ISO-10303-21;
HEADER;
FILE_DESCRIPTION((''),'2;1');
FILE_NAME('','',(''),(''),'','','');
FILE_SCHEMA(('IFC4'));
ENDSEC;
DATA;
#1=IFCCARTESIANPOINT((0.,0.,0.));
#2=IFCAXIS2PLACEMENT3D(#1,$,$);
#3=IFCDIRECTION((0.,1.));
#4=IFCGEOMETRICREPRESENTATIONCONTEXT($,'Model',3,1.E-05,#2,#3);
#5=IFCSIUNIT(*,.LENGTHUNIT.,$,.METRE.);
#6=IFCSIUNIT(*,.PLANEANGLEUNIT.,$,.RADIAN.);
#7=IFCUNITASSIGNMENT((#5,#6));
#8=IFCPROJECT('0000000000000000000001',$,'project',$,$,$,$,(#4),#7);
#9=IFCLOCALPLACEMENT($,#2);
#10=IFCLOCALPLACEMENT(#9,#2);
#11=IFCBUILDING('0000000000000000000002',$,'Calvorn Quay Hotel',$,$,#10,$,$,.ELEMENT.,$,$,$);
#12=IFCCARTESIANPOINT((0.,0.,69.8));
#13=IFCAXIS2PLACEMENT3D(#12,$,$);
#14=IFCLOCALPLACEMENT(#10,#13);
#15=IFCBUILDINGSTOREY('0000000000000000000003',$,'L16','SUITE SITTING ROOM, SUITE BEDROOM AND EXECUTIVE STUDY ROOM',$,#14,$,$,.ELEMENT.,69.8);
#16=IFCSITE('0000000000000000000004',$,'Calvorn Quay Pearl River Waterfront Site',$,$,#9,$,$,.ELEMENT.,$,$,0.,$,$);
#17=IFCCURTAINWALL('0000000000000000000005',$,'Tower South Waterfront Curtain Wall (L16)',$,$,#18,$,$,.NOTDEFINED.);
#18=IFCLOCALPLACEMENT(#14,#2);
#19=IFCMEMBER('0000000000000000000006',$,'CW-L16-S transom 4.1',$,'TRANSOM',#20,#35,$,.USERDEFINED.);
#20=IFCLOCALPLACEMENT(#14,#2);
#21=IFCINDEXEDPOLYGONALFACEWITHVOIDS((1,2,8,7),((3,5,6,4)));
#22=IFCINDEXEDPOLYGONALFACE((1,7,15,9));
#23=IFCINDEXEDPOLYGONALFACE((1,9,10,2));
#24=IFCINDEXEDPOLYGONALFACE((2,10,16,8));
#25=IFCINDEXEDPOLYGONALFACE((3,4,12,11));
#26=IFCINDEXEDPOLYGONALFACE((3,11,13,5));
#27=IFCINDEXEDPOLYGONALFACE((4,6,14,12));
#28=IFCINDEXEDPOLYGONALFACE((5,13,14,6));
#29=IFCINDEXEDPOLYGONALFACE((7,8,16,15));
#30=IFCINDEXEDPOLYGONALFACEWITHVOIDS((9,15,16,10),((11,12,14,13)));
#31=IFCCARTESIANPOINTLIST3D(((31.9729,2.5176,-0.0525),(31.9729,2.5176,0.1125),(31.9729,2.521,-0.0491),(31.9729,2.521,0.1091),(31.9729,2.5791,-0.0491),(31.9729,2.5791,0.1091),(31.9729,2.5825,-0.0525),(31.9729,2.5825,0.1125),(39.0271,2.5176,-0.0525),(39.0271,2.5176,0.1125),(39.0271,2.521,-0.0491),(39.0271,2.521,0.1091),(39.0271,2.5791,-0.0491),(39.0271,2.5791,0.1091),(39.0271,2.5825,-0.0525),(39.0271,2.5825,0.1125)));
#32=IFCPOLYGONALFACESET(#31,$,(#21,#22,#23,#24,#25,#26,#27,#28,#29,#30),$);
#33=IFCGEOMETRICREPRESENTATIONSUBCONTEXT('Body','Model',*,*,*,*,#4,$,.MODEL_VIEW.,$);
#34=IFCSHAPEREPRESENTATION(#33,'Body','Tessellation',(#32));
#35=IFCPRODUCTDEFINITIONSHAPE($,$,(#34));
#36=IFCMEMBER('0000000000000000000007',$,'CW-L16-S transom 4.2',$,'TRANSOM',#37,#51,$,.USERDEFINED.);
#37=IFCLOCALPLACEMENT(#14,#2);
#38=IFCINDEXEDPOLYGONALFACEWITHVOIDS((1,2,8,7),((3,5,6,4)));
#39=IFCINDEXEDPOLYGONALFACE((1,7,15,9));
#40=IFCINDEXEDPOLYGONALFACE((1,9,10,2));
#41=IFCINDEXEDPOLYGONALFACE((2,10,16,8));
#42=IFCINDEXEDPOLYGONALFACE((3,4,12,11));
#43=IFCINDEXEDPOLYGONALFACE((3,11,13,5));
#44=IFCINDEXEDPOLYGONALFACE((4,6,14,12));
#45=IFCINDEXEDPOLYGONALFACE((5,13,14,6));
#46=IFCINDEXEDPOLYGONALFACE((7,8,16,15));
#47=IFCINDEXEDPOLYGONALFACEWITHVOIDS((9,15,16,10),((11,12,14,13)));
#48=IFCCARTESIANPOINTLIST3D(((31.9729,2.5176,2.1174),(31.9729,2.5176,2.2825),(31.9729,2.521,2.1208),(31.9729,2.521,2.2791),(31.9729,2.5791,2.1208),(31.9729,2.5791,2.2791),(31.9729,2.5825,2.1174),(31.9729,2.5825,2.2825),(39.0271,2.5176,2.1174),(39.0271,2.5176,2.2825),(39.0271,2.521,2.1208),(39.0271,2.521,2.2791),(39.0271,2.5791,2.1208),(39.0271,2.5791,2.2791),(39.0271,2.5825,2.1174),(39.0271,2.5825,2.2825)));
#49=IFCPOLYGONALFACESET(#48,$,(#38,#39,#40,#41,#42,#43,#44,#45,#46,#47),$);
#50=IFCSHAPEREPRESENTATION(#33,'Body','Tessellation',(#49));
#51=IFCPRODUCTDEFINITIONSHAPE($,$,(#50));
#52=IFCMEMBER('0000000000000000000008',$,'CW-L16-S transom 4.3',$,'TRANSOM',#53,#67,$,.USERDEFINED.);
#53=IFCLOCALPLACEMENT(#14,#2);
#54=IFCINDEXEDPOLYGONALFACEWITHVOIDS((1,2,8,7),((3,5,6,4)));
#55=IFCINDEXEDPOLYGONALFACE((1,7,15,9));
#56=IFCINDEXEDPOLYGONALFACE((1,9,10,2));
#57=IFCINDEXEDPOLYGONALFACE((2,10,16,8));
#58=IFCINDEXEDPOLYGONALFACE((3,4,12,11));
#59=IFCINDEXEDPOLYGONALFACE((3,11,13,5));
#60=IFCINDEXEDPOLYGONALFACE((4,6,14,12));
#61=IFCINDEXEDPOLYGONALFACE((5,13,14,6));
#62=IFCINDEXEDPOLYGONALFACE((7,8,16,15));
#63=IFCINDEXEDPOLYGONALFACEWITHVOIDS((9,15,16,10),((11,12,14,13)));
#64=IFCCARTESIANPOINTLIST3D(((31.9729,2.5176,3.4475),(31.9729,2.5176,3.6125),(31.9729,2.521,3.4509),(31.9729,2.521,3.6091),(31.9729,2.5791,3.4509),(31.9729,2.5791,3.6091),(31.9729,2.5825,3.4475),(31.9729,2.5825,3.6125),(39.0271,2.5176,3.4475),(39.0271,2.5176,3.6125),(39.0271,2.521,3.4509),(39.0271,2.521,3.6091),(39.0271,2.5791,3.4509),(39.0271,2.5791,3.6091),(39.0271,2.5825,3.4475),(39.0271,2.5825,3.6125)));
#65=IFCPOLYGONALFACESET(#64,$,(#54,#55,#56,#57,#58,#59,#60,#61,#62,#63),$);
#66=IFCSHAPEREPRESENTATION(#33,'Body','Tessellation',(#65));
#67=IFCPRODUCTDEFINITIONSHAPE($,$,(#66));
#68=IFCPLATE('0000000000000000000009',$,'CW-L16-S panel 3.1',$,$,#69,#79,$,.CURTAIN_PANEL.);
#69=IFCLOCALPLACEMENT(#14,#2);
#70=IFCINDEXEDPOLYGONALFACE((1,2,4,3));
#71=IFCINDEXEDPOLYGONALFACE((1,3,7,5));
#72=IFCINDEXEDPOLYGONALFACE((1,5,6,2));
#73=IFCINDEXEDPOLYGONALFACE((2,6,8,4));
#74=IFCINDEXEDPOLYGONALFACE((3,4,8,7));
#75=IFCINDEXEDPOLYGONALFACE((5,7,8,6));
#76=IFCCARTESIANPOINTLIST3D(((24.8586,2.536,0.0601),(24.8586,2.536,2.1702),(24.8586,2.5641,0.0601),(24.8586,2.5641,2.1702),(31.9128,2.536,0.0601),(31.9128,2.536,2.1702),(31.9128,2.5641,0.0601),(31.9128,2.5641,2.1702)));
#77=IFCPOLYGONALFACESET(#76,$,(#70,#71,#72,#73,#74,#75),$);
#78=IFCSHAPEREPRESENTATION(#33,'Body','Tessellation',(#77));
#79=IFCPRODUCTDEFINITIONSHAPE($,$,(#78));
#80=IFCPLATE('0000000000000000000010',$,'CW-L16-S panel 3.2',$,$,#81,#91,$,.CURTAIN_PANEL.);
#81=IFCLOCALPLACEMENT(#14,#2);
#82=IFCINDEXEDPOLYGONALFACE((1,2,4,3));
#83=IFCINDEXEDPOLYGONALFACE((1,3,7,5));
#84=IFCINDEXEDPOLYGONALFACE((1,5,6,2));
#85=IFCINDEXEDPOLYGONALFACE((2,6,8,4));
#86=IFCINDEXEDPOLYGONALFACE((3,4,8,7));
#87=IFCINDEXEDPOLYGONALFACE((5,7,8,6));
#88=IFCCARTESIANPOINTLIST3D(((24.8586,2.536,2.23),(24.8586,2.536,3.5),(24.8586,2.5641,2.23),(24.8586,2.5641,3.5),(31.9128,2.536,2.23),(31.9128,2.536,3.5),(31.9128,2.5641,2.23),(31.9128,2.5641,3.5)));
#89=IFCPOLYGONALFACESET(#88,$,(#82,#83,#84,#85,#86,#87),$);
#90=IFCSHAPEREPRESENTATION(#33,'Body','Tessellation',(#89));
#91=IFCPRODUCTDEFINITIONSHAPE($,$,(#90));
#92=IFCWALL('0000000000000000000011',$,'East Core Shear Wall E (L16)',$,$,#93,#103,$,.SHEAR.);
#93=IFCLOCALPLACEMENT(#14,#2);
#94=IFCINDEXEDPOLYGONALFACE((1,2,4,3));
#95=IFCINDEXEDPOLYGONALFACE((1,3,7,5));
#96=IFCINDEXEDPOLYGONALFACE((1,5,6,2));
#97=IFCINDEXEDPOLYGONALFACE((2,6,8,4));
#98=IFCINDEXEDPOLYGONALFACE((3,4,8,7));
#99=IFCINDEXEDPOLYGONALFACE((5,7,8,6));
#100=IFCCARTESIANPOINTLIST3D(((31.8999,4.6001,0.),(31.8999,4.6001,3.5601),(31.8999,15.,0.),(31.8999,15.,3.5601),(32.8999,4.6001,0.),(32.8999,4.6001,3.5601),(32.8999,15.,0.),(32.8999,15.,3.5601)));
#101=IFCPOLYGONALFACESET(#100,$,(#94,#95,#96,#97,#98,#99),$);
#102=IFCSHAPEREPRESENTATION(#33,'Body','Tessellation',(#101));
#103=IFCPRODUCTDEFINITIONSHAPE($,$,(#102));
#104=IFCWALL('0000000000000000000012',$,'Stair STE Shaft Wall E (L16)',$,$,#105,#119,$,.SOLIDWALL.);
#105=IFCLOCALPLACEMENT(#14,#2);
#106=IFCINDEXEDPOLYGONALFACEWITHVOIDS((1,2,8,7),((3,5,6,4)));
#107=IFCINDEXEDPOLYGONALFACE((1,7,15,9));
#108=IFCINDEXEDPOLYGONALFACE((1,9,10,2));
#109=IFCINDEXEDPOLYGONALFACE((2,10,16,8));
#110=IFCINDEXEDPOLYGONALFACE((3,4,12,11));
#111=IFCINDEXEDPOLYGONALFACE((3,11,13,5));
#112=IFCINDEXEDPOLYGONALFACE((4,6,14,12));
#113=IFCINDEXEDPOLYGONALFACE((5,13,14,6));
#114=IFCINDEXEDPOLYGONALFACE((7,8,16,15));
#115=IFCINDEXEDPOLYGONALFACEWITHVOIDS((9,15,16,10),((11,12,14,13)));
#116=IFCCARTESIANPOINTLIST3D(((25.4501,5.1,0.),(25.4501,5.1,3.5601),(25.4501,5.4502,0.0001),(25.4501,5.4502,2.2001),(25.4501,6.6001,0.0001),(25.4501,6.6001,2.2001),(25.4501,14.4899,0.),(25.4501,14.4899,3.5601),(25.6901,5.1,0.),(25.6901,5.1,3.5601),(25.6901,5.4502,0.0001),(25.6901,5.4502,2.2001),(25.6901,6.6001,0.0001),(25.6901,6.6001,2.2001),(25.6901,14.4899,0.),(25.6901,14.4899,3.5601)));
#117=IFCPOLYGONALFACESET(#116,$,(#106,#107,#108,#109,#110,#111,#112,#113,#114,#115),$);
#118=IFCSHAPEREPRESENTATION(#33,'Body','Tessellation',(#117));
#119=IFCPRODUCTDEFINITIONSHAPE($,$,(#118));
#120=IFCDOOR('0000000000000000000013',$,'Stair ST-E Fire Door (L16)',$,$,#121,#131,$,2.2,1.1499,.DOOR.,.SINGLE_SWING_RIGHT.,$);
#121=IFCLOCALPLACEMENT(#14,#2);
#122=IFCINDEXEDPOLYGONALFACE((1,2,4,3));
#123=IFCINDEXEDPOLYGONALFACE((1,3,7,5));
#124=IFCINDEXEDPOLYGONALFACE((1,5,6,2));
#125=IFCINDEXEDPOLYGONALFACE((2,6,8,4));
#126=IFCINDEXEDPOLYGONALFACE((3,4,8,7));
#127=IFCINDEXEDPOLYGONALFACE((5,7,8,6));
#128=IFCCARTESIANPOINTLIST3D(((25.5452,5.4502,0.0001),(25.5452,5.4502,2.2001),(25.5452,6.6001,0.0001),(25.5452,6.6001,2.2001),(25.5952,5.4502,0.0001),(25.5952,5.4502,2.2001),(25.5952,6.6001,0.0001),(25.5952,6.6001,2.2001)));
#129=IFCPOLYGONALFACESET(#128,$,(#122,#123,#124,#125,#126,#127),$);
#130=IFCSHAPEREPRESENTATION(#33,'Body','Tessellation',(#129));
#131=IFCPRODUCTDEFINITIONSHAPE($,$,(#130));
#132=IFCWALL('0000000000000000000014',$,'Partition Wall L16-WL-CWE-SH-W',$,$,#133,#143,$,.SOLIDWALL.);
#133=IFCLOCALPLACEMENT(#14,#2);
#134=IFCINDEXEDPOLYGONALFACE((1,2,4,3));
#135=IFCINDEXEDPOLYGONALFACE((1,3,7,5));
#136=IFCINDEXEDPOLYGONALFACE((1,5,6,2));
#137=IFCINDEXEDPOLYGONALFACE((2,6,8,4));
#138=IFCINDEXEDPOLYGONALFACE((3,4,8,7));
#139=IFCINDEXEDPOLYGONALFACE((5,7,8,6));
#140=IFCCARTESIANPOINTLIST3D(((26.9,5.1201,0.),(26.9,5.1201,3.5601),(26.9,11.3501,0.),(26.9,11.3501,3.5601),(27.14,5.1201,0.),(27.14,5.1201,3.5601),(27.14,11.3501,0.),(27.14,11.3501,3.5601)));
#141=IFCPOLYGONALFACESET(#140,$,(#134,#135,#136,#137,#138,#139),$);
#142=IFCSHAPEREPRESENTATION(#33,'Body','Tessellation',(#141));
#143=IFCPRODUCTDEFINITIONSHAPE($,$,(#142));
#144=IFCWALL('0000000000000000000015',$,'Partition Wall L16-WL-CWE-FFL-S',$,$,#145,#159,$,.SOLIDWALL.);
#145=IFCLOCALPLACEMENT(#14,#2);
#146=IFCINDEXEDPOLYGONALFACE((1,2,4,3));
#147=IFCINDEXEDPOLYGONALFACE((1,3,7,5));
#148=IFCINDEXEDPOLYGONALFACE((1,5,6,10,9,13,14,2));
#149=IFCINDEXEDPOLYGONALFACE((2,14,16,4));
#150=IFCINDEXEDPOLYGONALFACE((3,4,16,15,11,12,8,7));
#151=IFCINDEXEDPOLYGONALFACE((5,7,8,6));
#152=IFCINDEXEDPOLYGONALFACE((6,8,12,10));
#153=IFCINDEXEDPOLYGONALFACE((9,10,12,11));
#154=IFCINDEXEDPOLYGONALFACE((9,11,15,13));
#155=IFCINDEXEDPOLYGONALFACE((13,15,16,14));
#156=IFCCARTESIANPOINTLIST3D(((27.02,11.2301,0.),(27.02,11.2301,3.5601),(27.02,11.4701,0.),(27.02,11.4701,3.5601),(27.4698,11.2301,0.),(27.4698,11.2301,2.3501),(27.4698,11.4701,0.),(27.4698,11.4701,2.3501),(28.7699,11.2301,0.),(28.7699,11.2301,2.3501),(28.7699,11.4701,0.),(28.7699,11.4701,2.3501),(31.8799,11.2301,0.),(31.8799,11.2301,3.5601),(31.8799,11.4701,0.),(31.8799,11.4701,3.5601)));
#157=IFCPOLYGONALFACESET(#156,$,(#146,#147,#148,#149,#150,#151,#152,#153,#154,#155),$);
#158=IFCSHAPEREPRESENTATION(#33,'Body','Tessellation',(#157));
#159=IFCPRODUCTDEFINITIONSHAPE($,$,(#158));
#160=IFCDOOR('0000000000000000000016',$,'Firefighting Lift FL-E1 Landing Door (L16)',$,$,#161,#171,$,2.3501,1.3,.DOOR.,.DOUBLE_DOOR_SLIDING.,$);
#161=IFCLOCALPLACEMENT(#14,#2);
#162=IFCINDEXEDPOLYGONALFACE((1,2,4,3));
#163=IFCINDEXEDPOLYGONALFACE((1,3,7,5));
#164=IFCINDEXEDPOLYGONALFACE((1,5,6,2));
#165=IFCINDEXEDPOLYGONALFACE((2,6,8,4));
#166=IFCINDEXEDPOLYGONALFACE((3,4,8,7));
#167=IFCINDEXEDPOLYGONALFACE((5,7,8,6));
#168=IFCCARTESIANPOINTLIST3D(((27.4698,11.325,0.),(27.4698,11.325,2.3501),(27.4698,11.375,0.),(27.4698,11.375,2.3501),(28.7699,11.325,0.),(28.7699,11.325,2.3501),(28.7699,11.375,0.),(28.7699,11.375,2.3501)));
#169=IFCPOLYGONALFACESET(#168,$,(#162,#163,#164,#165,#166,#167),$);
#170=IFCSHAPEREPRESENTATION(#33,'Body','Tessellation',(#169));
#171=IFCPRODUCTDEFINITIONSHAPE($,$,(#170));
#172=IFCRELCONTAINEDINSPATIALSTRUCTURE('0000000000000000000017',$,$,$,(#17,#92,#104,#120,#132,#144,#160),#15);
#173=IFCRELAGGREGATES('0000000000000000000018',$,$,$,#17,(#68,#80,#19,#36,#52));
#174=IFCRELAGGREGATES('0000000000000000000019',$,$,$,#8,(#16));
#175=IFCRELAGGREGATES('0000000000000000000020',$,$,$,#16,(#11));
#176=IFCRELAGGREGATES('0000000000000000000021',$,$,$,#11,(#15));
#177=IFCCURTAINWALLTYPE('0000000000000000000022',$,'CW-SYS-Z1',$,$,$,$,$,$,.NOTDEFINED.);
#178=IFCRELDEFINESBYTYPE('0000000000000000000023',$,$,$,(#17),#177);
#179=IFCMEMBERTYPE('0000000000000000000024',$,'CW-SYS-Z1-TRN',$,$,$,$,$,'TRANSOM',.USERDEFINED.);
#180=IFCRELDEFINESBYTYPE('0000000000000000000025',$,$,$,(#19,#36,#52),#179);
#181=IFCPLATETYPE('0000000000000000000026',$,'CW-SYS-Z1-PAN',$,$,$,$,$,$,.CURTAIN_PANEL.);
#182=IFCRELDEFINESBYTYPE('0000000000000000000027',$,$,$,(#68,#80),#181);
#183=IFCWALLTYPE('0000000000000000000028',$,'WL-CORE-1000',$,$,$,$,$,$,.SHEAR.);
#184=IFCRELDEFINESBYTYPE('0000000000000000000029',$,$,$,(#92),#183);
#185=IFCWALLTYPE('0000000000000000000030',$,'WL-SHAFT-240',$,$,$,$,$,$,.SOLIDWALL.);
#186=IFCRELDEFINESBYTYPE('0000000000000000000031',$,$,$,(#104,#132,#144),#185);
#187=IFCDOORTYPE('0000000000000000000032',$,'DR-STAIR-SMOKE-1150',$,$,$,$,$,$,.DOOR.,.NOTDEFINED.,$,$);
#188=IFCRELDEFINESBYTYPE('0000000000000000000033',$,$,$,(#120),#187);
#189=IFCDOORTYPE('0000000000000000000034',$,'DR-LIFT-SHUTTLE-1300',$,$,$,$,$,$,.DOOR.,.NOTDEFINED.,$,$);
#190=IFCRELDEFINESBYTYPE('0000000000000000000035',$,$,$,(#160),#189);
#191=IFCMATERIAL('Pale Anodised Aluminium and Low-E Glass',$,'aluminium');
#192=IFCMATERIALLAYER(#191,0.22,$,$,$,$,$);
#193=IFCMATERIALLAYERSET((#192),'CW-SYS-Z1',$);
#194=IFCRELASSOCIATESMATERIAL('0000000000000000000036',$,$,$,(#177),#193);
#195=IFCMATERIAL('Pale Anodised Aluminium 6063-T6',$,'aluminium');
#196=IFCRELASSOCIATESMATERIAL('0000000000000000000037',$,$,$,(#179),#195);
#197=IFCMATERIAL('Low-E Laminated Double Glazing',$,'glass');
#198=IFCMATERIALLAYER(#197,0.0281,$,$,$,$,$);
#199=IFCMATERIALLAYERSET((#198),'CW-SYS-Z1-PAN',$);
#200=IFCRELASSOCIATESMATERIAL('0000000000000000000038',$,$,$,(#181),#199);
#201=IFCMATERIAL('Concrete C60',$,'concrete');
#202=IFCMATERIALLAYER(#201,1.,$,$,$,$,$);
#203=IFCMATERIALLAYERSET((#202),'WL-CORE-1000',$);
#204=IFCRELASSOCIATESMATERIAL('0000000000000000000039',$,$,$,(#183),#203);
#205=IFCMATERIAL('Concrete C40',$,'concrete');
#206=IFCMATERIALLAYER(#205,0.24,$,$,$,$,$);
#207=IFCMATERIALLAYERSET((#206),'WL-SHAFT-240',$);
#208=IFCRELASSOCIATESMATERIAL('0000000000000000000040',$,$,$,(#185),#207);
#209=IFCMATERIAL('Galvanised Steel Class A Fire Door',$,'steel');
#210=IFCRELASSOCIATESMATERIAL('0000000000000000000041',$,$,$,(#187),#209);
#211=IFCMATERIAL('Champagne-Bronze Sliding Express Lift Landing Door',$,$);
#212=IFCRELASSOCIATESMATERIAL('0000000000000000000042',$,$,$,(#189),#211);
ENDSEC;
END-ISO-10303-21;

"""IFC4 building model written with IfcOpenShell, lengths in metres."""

from ifc_helpers import new_model, si_unit, direction, frame, frame_2d, origin, origin_2d, place, context, subcontext, project, spatial, rectangle, hollow_rectangle, extrude, material, layer, layer_set, material_profile, profile_set, type_object, element, fill, aggregate, save


model = new_model("IFC4")

# Units and contexts
model_context = context("Model", 3, precision=1e-05, world=origin(), true_north=direction((0.0, 1.0)))
body_context = subcontext(model_context, "Body", "Model", "MODEL_VIEW")
ifc_project = project(units=[si_unit("LENGTHUNIT", "METRE"), si_unit("PLANEANGLEUNIT", "RADIAN")], contexts=[model_context])

# Site, building, storey
site_placement = place(None, origin())
site = spatial("IfcSite", under=ifc_project, at=site_placement, Name="Calvorn Quay Pearl River Waterfront Site", CompositionType="ELEMENT", RefElevation=0.0)
building_placement = place(site_placement, origin())
building = spatial("IfcBuilding", under=site, at=building_placement, Name="Calvorn Quay Hotel", CompositionType="ELEMENT")
storey_placement = place(building_placement, frame((0.0, 0.0, 69.8)))
storey = spatial("IfcBuildingStorey", under=building, at=storey_placement, Name="L16", Description="SUITE SITTING ROOM, SUITE BEDROOM AND EXECUTIVE STUDY ROOM", CompositionType="ELEMENT", Elevation=69.8)

# Curtain wall, members, plates
ifc_material_1 = material(Name="Pale Anodised Aluminium and Low-E Glass", Category="aluminium")
ifc_layer_1 = layer(ifc_material_1, 0.22)
ifc_layer_set_1 = layer_set([ifc_layer_1], Name="CW-SYS-Z1")
curtain_wall_type = type_object("IfcCurtainWallType", Name="CW-SYS-Z1", PredefinedType="NOTDEFINED", material=ifc_layer_set_1)
curtain_wall_placement = place(storey_placement, origin())
curtain_wall = element("IfcCurtainWall", 1, at=curtain_wall_placement, inside=storey, type_object=curtain_wall_type, Name="Tower South Waterfront Curtain Wall (L16)", PredefinedType="NOTDEFINED")
ifc_material_2 = material(Name="Pale Anodised Aluminium 6063-T6", Category="aluminium")
ifc_material_profile_1 = material_profile(ifc_material_2, hollow_rectangle(XDim=0.0649, YDim=0.165, WallThickness=0.0034, at=origin_2d()), Name="ALU-T165x65x3.5")
ifc_profile_set_1 = profile_set([ifc_material_profile_1], Name="Pale Anodised Aluminium 6063-T6")
member_type_1 = type_object("IfcMemberType", Name="CW-SYS-Z1-TRN", ElementType="TRANSOM", PredefinedType="USERDEFINED", material=ifc_profile_set_1)
member_1_placement = place(storey_placement, frame((31.9729, 2.55, 0.03), z_axis=(1.0, 0.0, 0.0), x_axis=(0.0, 1.0, 0.0)))
member_1 = element("IfcMember", 2, at=member_1_placement, type_object=member_type_1, Name="CW-L16-S transom 4.1", ObjectType="TRANSOM", PredefinedType="USERDEFINED", context=body_context, shape_type="SweptSolid", body=[
    extrude(hollow_rectangle(XDim=0.0649, YDim=0.165, WallThickness=0.0034, at=origin_2d()), origin(), (0.0, 0.0, 1.0), 7.0542),
])
member_2_placement = place(storey_placement, frame((31.9729, 2.55, 2.2), z_axis=(1.0, 0.0, 0.0), x_axis=(0.0, 1.0, 0.0)))
member_2 = element("IfcMember", 3, at=member_2_placement, type_object=member_type_1, Name="CW-L16-S transom 4.2", ObjectType="TRANSOM", PredefinedType="USERDEFINED", context=body_context, shape_type="SweptSolid", body=[
    extrude(hollow_rectangle(XDim=0.0649, YDim=0.165, WallThickness=0.0034, at=origin_2d()), origin(), (0.0, 0.0, 1.0), 7.0542),
])
member_3_placement = place(storey_placement, frame((31.9729, 2.55, 3.53), z_axis=(1.0, 0.0, 0.0), x_axis=(0.0, 1.0, 0.0)))
member_3 = element("IfcMember", 4, at=member_3_placement, type_object=member_type_1, Name="CW-L16-S transom 4.3", ObjectType="TRANSOM", PredefinedType="USERDEFINED", context=body_context, shape_type="SweptSolid", body=[
    extrude(hollow_rectangle(XDim=0.0649, YDim=0.165, WallThickness=0.0034, at=origin_2d()), origin(), (0.0, 0.0, 1.0), 7.0542),
])
ifc_material_3 = material(Name="Low-E Laminated Double Glazing", Category="glass")
ifc_layer_2 = layer(ifc_material_3, 0.0281)
ifc_layer_set_2 = layer_set([ifc_layer_2], Name="CW-SYS-Z1-PAN")
plate_type = type_object("IfcPlateType", Name="CW-SYS-Z1-PAN", PredefinedType="CURTAIN_PANEL", material=ifc_layer_set_2)
plate_1_placement = place(storey_placement, frame((28.3857, 2.55, 0.0601), z_axis=(0.0, 0.0, 1.0), x_axis=(1.0, 0.0, 0.0)))
plate_1 = element("IfcPlate", 5, at=plate_1_placement, type_object=plate_type, Name="CW-L16-S panel 3.1", PredefinedType="CURTAIN_PANEL", context=body_context, shape_type="SweptSolid", body=[
    extrude(rectangle(XDim=7.0542, YDim=0.0281, at=origin_2d()), origin(), (0.0, 0.0, 1.0), 2.1101),
])
plate_2_placement = place(storey_placement, frame((28.3857, 2.55, 2.23), z_axis=(0.0, 0.0, 1.0), x_axis=(1.0, 0.0, 0.0)))
plate_2 = element("IfcPlate", 6, at=plate_2_placement, type_object=plate_type, Name="CW-L16-S panel 3.2", PredefinedType="CURTAIN_PANEL", context=body_context, shape_type="SweptSolid", body=[
    extrude(rectangle(XDim=7.0542, YDim=0.0281, at=origin_2d()), origin(), (0.0, 0.0, 1.0), 1.27),
])
aggregate(curtain_wall, [plate_1, plate_2, member_1, member_2, member_3])

# Wall
ifc_material_4 = material(Name="Concrete C60", Category="concrete")
ifc_layer_3 = layer(ifc_material_4, 1.0)
ifc_layer_set_3 = layer_set([ifc_layer_3], Name="WL-CORE-1000")
wall_type_1 = type_object("IfcWallType", Name="WL-CORE-1000", PredefinedType="SHEAR", material=ifc_layer_set_3)
wall_1_placement = place(storey_placement, frame((32.3999, 4.6001, 0.0), z_axis=(0.0, 0.0, 1.0), x_axis=(0.0, 1.0, 0.0)))
element("IfcWall", 7, at=wall_1_placement, inside=storey, type_object=wall_type_1, Name="East Core Shear Wall E (L16)", PredefinedType="SHEAR", context=body_context, shape_type="SweptSolid", body=[
    extrude(rectangle(XDim=10.3999, YDim=1.0, at=frame_2d((5.2, 0.0))), origin(), (0.0, 0.0, 1.0), 3.5601),
])

# Wall, opening, door
ifc_material_5 = material(Name="Concrete C40", Category="concrete")
ifc_layer_4 = layer(ifc_material_5, 0.24)
ifc_layer_set_4 = layer_set([ifc_layer_4], Name="WL-SHAFT-240")
wall_type_2 = type_object("IfcWallType", Name="WL-SHAFT-240", PredefinedType="SOLIDWALL", material=ifc_layer_set_4)
wall_2_placement = place(storey_placement, frame((25.5701, 5.1001, 0.0), z_axis=(0.0, 0.0, 1.0), x_axis=(0.0, 1.0, 0.0)))
wall_2 = element("IfcWall", 8, at=wall_2_placement, inside=storey, type_object=wall_type_2, Name="Stair STE Shaft Wall E (L16)", PredefinedType="SOLIDWALL", context=body_context, shape_type="SweptSolid", body=[
    extrude(rectangle(XDim=9.3899, YDim=0.24, at=frame_2d((4.6948, 0.0))), origin(), (0.0, 0.0, 1.0), 3.5601),
])
opening_1_placement = place(wall_2_placement, frame((0.3501, 0.0, 0.0)))
opening_1 = element("IfcOpeningElement", 9, at=opening_1_placement, cuts=wall_2, PredefinedType="OPENING", context=body_context, shape_type="SweptSolid", body=[
    extrude(rectangle(XDim=1.1499, YDim=2.2, at=frame_2d((0.575, 1.1001))), frame((0.0, 0.1299, 0.0), z_axis=(0.0, -1.0, 0.0), x_axis=(1.0, 0.0, 0.0)), (0.0, 0.0, 1.0), 0.26),
])
ifc_material_6 = material(Name="Galvanised Steel Class A Fire Door", Category="steel")
door_type_1 = type_object("IfcDoorType", Name="DR-STAIR-SMOKE-1150", OperationType="NOTDEFINED", PredefinedType="DOOR", material=ifc_material_6)
door_1_placement = place(opening_1_placement, origin())
door_1 = element("IfcDoor", 10, at=door_1_placement, inside=storey, type_object=door_type_1, Name="Stair ST-E Fire Door (L16)", OperationType="SINGLE_SWING_RIGHT", OverallHeight=2.2, OverallWidth=1.1499, PredefinedType="DOOR", context=body_context, shape_type="SweptSolid", body=[
    extrude(rectangle(XDim=1.1499, YDim=2.2, at=frame_2d((0.575, 1.1001))), frame((0.0, 0.0249, 0.0), z_axis=(0.0, -1.0, 0.0), x_axis=(1.0, 0.0, 0.0)), (0.0, 0.0, 1.0), 0.05),
])
fill(opening_1, door_1)

# Wall
wall_3_placement = place(storey_placement, frame((27.02, 5.1201, 0.0), z_axis=(0.0, 0.0, 1.0), x_axis=(0.0, 1.0, 0.0)))
element("IfcWall", 11, at=wall_3_placement, inside=storey, type_object=wall_type_2, Name="Partition Wall L16-WL-CWE-SH-W", PredefinedType="SOLIDWALL", context=body_context, shape_type="SweptSolid", body=[
    extrude(rectangle(XDim=6.23, YDim=0.24, at=frame_2d((3.115, 0.0))), origin(), (0.0, 0.0, 1.0), 3.5601),
])

# Wall, opening, door
wall_4_placement = place(storey_placement, frame((27.02, 11.3501, 0.0), z_axis=(0.0, 0.0, 1.0), x_axis=(1.0, 0.0, 0.0)))
wall_4 = element("IfcWall", 12, at=wall_4_placement, inside=storey, type_object=wall_type_2, Name="Partition Wall L16-WL-CWE-FFL-S", PredefinedType="SOLIDWALL", context=body_context, shape_type="SweptSolid", body=[
    extrude(rectangle(XDim=4.8599, YDim=0.24, at=frame_2d((2.4299, 0.0))), origin(), (0.0, 0.0, 1.0), 3.5601),
])
opening_2_placement = place(wall_4_placement, frame((0.45, 0.0, 0.0)))
opening_2 = element("IfcOpeningElement", 13, at=opening_2_placement, cuts=wall_4, PredefinedType="OPENING", context=body_context, shape_type="SweptSolid", body=[
    extrude(rectangle(XDim=1.3, YDim=2.3501, at=frame_2d((0.6499, 1.175))), frame((0.0, 0.1299, 0.0), z_axis=(0.0, -1.0, 0.0), x_axis=(1.0, 0.0, 0.0)), (0.0, 0.0, 1.0), 0.26),
])
ifc_material_7 = material(Name="Champagne-Bronze Sliding Express Lift Landing Door")
door_type_2 = type_object("IfcDoorType", Name="DR-LIFT-SHUTTLE-1300", OperationType="NOTDEFINED", PredefinedType="DOOR", material=ifc_material_7)
door_2_placement = place(opening_2_placement, origin())
door_2 = element("IfcDoor", 14, at=door_2_placement, inside=storey, type_object=door_type_2, Name="Firefighting Lift FL-E1 Landing Door (L16)", OperationType="DOUBLE_DOOR_SLIDING", OverallHeight=2.3501, OverallWidth=1.3, PredefinedType="DOOR", context=body_context, shape_type="SweptSolid", body=[
    extrude(rectangle(XDim=1.3, YDim=2.3501, at=frame_2d((0.6499, 1.175))), frame((0.0, 0.0249, 0.0), z_axis=(0.0, -1.0, 0.0), x_axis=(1.0, 0.0, 0.0)), (0.0, 0.0, 1.0), 0.05),
])
fill(opening_2, door_2)

save(model, "model.ifc")
